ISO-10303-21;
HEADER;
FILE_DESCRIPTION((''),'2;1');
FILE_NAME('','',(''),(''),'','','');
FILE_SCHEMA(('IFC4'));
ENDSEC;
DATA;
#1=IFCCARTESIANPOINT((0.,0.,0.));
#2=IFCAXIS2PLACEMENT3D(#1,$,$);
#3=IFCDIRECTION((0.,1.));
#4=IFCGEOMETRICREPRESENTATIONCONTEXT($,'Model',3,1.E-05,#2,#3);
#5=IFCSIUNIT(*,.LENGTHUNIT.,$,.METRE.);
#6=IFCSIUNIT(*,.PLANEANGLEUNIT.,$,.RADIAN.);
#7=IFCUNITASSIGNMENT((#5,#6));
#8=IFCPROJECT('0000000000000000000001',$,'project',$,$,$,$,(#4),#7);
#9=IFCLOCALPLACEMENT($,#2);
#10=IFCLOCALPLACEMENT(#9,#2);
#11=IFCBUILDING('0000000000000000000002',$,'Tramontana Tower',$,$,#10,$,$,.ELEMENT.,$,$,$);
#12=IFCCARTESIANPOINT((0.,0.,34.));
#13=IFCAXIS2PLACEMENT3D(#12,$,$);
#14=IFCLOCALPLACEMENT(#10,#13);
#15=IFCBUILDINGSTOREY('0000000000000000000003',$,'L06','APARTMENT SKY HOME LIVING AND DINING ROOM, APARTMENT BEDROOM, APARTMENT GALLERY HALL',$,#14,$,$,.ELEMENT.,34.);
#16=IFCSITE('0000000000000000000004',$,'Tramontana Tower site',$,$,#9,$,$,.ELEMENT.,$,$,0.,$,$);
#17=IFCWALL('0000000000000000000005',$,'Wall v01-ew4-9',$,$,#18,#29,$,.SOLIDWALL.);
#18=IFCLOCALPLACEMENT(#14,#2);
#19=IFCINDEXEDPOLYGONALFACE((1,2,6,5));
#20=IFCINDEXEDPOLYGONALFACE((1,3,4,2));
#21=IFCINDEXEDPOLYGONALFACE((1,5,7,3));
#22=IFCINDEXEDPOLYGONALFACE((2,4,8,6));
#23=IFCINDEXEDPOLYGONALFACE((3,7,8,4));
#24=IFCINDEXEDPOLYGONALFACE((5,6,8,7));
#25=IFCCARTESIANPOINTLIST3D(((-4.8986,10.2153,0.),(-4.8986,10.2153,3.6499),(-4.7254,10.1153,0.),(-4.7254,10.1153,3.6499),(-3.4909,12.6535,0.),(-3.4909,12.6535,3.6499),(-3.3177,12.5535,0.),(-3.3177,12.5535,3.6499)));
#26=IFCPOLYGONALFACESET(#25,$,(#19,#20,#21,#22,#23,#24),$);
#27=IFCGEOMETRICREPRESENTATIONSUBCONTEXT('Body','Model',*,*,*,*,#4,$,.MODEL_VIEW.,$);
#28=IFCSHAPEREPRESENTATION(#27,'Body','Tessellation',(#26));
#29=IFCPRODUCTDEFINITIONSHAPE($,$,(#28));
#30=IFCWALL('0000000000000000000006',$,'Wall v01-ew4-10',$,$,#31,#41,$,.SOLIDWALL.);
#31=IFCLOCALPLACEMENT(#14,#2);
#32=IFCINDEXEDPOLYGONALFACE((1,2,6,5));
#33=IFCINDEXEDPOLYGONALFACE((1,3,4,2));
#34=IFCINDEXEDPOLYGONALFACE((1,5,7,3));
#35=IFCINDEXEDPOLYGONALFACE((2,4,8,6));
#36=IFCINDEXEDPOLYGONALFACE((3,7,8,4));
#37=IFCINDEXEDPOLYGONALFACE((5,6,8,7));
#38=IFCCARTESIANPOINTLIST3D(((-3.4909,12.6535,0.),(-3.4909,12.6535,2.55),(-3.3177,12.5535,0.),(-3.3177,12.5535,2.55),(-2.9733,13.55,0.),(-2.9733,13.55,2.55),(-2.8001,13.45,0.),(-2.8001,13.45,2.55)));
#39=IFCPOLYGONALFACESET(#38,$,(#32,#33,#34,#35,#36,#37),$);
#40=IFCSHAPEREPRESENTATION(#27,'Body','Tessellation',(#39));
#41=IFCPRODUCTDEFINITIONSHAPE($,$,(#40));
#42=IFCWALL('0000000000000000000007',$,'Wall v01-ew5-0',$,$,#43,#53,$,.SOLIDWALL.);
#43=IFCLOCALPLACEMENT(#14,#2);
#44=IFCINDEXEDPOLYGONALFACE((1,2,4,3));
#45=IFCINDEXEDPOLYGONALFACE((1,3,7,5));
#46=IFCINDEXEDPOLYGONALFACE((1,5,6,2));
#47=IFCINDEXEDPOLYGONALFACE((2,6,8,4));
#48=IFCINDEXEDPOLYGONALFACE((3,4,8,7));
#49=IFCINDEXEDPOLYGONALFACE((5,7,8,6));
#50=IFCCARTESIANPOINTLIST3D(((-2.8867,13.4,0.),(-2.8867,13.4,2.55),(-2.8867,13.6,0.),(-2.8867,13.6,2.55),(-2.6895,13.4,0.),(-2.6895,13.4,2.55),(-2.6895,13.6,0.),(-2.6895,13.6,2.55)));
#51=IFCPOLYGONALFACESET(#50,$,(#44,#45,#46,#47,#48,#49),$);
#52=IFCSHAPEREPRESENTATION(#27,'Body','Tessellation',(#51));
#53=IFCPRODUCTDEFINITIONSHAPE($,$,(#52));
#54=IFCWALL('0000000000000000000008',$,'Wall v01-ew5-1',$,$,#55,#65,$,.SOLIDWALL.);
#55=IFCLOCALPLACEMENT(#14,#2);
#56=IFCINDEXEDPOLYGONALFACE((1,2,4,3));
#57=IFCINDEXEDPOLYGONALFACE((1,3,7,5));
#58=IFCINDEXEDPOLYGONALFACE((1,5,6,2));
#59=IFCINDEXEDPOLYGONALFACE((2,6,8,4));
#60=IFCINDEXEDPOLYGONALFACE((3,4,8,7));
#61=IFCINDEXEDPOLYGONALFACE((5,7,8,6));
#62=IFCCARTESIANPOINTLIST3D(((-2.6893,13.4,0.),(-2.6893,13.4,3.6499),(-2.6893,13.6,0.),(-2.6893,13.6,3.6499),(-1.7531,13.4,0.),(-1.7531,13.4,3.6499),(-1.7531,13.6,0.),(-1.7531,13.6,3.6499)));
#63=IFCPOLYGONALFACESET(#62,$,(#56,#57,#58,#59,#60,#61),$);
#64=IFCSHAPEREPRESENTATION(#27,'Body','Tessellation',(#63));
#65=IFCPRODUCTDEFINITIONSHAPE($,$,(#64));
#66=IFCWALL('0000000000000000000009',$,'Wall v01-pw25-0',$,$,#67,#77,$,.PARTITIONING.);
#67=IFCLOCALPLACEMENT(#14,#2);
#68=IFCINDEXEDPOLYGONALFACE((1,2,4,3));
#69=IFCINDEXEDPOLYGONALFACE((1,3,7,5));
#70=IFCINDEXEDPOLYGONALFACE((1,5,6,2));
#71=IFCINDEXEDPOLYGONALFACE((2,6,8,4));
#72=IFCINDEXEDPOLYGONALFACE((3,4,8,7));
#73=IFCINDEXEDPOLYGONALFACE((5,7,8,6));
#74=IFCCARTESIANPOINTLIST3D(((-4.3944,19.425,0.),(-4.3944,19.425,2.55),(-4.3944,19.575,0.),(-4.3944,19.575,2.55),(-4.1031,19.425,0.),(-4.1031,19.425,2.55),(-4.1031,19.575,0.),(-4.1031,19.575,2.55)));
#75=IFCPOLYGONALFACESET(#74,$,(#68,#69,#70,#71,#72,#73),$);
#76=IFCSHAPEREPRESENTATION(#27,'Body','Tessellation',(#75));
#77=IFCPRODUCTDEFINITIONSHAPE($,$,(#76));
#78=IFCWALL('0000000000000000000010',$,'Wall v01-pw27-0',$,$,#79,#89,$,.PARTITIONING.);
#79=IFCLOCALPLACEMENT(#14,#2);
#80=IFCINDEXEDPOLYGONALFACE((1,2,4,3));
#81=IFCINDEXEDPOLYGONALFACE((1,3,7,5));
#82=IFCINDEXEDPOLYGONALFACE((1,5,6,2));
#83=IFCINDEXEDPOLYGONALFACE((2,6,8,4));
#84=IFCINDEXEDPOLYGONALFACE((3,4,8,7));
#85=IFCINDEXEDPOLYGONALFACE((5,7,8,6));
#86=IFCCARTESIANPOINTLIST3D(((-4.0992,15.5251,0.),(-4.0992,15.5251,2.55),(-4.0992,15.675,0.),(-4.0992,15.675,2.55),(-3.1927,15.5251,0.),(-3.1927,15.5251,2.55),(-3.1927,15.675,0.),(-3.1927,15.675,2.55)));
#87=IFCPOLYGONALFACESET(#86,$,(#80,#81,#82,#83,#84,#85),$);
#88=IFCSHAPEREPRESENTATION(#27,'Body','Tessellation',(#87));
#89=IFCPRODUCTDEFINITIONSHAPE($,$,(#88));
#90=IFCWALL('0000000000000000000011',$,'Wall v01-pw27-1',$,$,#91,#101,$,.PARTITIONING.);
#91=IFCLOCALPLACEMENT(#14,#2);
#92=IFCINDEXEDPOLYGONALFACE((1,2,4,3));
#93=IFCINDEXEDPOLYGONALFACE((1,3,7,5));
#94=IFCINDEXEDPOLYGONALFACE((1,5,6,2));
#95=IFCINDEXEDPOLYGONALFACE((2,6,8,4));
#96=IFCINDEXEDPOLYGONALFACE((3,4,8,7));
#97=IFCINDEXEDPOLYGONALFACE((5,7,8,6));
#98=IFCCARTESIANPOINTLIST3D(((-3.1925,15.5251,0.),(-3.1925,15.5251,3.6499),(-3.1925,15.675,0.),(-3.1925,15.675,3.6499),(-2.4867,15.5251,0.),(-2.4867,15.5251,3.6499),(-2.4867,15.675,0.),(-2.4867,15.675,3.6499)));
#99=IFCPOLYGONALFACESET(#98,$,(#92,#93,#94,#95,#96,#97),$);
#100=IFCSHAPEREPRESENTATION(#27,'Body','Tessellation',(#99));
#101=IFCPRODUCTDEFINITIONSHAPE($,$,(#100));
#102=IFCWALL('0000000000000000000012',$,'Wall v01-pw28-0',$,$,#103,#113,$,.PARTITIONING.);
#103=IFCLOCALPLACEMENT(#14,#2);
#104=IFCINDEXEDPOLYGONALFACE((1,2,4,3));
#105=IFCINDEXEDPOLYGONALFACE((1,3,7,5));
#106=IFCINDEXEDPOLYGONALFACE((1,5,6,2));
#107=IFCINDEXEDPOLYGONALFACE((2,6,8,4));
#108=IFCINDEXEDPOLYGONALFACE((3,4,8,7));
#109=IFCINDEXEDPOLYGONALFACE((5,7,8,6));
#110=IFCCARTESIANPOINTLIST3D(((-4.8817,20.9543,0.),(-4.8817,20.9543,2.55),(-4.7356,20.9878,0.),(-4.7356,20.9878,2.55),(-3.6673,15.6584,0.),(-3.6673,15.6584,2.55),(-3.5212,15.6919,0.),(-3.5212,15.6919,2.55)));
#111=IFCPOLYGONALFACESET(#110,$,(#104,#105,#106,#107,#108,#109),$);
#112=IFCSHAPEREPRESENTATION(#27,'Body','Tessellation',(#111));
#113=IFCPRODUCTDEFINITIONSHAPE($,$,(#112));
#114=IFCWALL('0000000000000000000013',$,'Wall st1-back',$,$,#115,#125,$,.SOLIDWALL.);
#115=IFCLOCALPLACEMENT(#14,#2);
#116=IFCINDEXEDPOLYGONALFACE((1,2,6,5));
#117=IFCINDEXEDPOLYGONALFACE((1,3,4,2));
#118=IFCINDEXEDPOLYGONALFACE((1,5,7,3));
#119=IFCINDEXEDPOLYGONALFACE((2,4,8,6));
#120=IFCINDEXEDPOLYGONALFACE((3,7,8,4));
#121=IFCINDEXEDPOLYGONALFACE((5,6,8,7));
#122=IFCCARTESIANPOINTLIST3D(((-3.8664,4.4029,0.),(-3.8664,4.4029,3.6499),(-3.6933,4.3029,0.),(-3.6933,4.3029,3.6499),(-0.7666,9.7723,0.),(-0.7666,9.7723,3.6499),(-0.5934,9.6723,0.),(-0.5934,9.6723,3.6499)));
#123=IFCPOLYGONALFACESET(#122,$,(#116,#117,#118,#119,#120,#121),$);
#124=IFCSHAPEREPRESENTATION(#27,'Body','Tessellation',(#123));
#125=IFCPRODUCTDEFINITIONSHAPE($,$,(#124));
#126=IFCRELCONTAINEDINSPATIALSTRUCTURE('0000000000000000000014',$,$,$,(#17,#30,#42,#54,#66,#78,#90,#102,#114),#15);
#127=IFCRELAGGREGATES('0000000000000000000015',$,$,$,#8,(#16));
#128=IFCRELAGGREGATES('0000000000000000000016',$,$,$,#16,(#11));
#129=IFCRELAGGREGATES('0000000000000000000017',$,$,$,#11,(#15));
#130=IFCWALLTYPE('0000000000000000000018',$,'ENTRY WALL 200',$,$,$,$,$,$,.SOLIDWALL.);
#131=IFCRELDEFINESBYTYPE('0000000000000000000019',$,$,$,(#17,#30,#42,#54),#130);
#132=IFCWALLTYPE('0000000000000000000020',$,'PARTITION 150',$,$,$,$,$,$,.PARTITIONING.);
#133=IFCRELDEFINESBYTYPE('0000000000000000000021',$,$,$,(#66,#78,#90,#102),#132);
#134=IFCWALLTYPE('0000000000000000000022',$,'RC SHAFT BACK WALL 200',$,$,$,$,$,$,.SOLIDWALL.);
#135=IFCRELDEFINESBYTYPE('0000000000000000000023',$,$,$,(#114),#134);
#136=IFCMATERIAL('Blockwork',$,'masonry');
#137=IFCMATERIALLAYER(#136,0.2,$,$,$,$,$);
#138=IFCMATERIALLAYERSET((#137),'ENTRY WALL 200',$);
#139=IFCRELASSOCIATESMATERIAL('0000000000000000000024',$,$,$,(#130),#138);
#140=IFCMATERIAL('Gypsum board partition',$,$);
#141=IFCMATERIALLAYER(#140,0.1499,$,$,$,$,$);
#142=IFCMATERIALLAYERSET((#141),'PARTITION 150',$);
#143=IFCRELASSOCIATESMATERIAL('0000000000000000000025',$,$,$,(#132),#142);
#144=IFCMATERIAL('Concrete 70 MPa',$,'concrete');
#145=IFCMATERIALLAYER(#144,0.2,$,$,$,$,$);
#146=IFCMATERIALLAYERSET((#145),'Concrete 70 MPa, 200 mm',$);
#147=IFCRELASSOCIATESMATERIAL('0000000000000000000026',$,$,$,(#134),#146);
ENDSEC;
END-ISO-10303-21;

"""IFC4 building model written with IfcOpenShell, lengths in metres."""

from ifc_helpers import new_model, si_unit, direction, frame, frame_2d, origin, place, context, subcontext, project, spatial, rectangle, extrude, material, layer, layer_set, type_object, element, save


model = new_model("IFC4")

# Units and contexts
model_context = context("Model", 3, precision=1e-05, world=origin(), true_north=direction((0.0, 1.0)))
body_context = subcontext(model_context, "Body", "Model", "MODEL_VIEW")
ifc_project = project(units=[si_unit("LENGTHUNIT", "METRE"), si_unit("PLANEANGLEUNIT", "RADIAN")], contexts=[model_context])

# Site, building, storey
site_placement = place(None, origin())
site = spatial("IfcSite", under=ifc_project, at=site_placement, Name="Tramontana Tower site", CompositionType="ELEMENT", RefElevation=0.0)
building_placement = place(site_placement, origin())
building = spatial("IfcBuilding", under=site, at=building_placement, Name="Tramontana Tower", CompositionType="ELEMENT")
storey_placement = place(building_placement, frame((0.0, 0.0, 34.0)))
storey = spatial("IfcBuildingStorey", under=building, at=storey_placement, Name="L06", Description="APARTMENT SKY HOME LIVING AND DINING ROOM, APARTMENT BEDROOM, APARTMENT GALLERY HALL", CompositionType="ELEMENT", Elevation=34.0)

# Walls
ifc_material_1 = material(Name="Blockwork", Category="masonry")
ifc_layer_1 = layer(ifc_material_1, 0.2)
ifc_layer_set_1 = layer_set([ifc_layer_1], Name="ENTRY WALL 200")
wall_type_1 = type_object("IfcWallType", Name="ENTRY WALL 200", PredefinedType="SOLIDWALL", material=ifc_layer_set_1)
wall_1_placement = place(storey_placement, frame((-4.812, 10.1653, 0.0), z_axis=(0.0, 0.0, 1.0), x_axis=(0.5, 0.866025, 0.0)))
element("IfcWall", 1, at=wall_1_placement, inside=storey, type_object=wall_type_1, Name="Wall v01-ew4-9", PredefinedType="SOLIDWALL", context=body_context, shape_type="SweptSolid", body=[
    extrude(rectangle(XDim=2.8154, YDim=0.2, at=frame_2d((1.4077, 0.0))), origin(), (0.0, 0.0, 1.0), 3.6499),
])
wall_2_placement = place(storey_placement, frame((-3.4043, 12.6035, 0.0), z_axis=(0.0, 0.0, 1.0), x_axis=(0.499995, 0.866028, 0.0)))
element("IfcWall", 2, at=wall_2_placement, inside=storey, type_object=wall_type_1, Name="Wall v01-ew4-10", PredefinedType="SOLIDWALL", context=body_context, shape_type="SweptSolid", body=[
    extrude(rectangle(XDim=1.0352, YDim=0.2, at=frame_2d((0.5176, 0.0))), origin(), (0.0, 0.0, 1.0), 2.55),
])
wall_3_placement = place(storey_placement, frame((-2.8867, 13.5, 0.0), z_axis=(0.0, 0.0, 1.0), x_axis=(1.0, 0.0, 0.0)))
element("IfcWall", 3, at=wall_3_placement, inside=storey, type_object=wall_type_1, Name="Wall v01-ew5-0", PredefinedType="SOLIDWALL", context=body_context, shape_type="SweptSolid", body=[
    extrude(rectangle(XDim=0.1973, YDim=0.2, at=frame_2d((0.0986, 0.0))), origin(), (0.0, 0.0, 1.0), 2.55),
])
wall_4_placement = place(storey_placement, frame((-2.6895, 13.5, 0.0), z_axis=(0.0, 0.0, 1.0), x_axis=(1.0, 0.0, 0.0)))
element("IfcWall", 4, at=wall_4_placement, inside=storey, type_object=wall_type_1, Name="Wall v01-ew5-1", PredefinedType="SOLIDWALL", context=body_context, shape_type="SweptSolid", body=[
    extrude(rectangle(XDim=0.9363, YDim=0.2, at=frame_2d((0.4683, 0.0))), origin(), (0.0, 0.0, 1.0), 3.6499),
])
ifc_material_2 = material(Name="Gypsum board partition")
ifc_layer_2 = layer(ifc_material_2, 0.1499)
ifc_layer_set_2 = layer_set([ifc_layer_2], Name="PARTITION 150")
wall_type_2 = type_object("IfcWallType", Name="PARTITION 150", PredefinedType="PARTITIONING", material=ifc_layer_set_2)
wall_5_placement = place(storey_placement, frame((-4.3943, 19.5, 0.0), z_axis=(0.0, 0.0, 1.0), x_axis=(1.0, 0.0, 0.0)))
element("IfcWall", 5, at=wall_5_placement, inside=storey, type_object=wall_type_2, Name="Wall v01-pw25-0", PredefinedType="PARTITIONING", context=body_context, shape_type="SweptSolid", body=[
    extrude(rectangle(XDim=0.2913, YDim=0.1499, at=frame_2d((0.1455, 0.0))), origin(), (0.0, 0.0, 1.0), 2.55),
])
wall_6_placement = place(storey_placement, frame((-4.0991, 15.6001, 0.0), z_axis=(0.0, 0.0, 1.0), x_axis=(1.0, 0.0, 0.0)))
element("IfcWall", 6, at=wall_6_placement, inside=storey, type_object=wall_type_2, Name="Wall v01-pw27-0", PredefinedType="PARTITIONING", context=body_context, shape_type="SweptSolid", body=[
    extrude(rectangle(XDim=0.9065, YDim=0.1499, at=frame_2d((0.4531, 0.0))), origin(), (0.0, 0.0, 1.0), 2.55),
])
wall_7_placement = place(storey_placement, frame((-3.1926, 15.6001, 0.0), z_axis=(0.0, 0.0, 1.0), x_axis=(1.0, 0.0, 0.0)))
element("IfcWall", 7, at=wall_7_placement, inside=storey, type_object=wall_type_2, Name="Wall v01-pw27-1", PredefinedType="PARTITIONING", context=body_context, shape_type="SweptSolid", body=[
    extrude(rectangle(XDim=0.7058, YDim=0.1499, at=frame_2d((0.353, 0.0))), origin(), (0.0, 0.0, 1.0), 3.6499),
])
wall_8_placement = place(storey_placement, frame((-3.5942, 15.675, 0.0), z_axis=(0.0, 0.0, 1.0), x_axis=(-0.223501, 0.974704, 0.0)))
element("IfcWall", 8, at=wall_8_placement, inside=storey, type_object=wall_type_2, Name="Wall v01-pw28-0", PredefinedType="PARTITIONING", context=body_context, shape_type="SweptSolid", body=[
    extrude(rectangle(XDim=5.4333, YDim=0.1499, at=frame_2d((2.7168, 0.0))), origin(), (0.0, 0.0, 1.0), 2.55),
])

# Wall
ifc_material_3 = material(Name="Concrete 70 MPa", Category="concrete")
ifc_layer_3 = layer(ifc_material_3, 0.2)
ifc_layer_set_3 = layer_set([ifc_layer_3], Name="Concrete 70 MPa, 200 mm")
wall_type_3 = type_object("IfcWallType", Name="RC SHAFT BACK WALL 200", PredefinedType="SOLIDWALL", material=ifc_layer_set_3)
wall_9_placement = place(storey_placement, frame((-0.6799, 9.7224, 0.0), z_axis=(0.0, 0.0, 1.0), x_axis=(-0.49998, -0.866037, 0.0)))
element("IfcWall", 9, at=wall_9_placement, inside=storey, type_object=wall_type_3, Name="Wall st1-back", PredefinedType="SOLIDWALL", context=body_context, shape_type="SweptSolid", body=[
    extrude(rectangle(XDim=6.2, YDim=0.2, at=frame_2d((3.1001, 0.0))), origin(), (0.0, 0.0, 1.0), 3.6499),
])

save(model, "model.ifc")
